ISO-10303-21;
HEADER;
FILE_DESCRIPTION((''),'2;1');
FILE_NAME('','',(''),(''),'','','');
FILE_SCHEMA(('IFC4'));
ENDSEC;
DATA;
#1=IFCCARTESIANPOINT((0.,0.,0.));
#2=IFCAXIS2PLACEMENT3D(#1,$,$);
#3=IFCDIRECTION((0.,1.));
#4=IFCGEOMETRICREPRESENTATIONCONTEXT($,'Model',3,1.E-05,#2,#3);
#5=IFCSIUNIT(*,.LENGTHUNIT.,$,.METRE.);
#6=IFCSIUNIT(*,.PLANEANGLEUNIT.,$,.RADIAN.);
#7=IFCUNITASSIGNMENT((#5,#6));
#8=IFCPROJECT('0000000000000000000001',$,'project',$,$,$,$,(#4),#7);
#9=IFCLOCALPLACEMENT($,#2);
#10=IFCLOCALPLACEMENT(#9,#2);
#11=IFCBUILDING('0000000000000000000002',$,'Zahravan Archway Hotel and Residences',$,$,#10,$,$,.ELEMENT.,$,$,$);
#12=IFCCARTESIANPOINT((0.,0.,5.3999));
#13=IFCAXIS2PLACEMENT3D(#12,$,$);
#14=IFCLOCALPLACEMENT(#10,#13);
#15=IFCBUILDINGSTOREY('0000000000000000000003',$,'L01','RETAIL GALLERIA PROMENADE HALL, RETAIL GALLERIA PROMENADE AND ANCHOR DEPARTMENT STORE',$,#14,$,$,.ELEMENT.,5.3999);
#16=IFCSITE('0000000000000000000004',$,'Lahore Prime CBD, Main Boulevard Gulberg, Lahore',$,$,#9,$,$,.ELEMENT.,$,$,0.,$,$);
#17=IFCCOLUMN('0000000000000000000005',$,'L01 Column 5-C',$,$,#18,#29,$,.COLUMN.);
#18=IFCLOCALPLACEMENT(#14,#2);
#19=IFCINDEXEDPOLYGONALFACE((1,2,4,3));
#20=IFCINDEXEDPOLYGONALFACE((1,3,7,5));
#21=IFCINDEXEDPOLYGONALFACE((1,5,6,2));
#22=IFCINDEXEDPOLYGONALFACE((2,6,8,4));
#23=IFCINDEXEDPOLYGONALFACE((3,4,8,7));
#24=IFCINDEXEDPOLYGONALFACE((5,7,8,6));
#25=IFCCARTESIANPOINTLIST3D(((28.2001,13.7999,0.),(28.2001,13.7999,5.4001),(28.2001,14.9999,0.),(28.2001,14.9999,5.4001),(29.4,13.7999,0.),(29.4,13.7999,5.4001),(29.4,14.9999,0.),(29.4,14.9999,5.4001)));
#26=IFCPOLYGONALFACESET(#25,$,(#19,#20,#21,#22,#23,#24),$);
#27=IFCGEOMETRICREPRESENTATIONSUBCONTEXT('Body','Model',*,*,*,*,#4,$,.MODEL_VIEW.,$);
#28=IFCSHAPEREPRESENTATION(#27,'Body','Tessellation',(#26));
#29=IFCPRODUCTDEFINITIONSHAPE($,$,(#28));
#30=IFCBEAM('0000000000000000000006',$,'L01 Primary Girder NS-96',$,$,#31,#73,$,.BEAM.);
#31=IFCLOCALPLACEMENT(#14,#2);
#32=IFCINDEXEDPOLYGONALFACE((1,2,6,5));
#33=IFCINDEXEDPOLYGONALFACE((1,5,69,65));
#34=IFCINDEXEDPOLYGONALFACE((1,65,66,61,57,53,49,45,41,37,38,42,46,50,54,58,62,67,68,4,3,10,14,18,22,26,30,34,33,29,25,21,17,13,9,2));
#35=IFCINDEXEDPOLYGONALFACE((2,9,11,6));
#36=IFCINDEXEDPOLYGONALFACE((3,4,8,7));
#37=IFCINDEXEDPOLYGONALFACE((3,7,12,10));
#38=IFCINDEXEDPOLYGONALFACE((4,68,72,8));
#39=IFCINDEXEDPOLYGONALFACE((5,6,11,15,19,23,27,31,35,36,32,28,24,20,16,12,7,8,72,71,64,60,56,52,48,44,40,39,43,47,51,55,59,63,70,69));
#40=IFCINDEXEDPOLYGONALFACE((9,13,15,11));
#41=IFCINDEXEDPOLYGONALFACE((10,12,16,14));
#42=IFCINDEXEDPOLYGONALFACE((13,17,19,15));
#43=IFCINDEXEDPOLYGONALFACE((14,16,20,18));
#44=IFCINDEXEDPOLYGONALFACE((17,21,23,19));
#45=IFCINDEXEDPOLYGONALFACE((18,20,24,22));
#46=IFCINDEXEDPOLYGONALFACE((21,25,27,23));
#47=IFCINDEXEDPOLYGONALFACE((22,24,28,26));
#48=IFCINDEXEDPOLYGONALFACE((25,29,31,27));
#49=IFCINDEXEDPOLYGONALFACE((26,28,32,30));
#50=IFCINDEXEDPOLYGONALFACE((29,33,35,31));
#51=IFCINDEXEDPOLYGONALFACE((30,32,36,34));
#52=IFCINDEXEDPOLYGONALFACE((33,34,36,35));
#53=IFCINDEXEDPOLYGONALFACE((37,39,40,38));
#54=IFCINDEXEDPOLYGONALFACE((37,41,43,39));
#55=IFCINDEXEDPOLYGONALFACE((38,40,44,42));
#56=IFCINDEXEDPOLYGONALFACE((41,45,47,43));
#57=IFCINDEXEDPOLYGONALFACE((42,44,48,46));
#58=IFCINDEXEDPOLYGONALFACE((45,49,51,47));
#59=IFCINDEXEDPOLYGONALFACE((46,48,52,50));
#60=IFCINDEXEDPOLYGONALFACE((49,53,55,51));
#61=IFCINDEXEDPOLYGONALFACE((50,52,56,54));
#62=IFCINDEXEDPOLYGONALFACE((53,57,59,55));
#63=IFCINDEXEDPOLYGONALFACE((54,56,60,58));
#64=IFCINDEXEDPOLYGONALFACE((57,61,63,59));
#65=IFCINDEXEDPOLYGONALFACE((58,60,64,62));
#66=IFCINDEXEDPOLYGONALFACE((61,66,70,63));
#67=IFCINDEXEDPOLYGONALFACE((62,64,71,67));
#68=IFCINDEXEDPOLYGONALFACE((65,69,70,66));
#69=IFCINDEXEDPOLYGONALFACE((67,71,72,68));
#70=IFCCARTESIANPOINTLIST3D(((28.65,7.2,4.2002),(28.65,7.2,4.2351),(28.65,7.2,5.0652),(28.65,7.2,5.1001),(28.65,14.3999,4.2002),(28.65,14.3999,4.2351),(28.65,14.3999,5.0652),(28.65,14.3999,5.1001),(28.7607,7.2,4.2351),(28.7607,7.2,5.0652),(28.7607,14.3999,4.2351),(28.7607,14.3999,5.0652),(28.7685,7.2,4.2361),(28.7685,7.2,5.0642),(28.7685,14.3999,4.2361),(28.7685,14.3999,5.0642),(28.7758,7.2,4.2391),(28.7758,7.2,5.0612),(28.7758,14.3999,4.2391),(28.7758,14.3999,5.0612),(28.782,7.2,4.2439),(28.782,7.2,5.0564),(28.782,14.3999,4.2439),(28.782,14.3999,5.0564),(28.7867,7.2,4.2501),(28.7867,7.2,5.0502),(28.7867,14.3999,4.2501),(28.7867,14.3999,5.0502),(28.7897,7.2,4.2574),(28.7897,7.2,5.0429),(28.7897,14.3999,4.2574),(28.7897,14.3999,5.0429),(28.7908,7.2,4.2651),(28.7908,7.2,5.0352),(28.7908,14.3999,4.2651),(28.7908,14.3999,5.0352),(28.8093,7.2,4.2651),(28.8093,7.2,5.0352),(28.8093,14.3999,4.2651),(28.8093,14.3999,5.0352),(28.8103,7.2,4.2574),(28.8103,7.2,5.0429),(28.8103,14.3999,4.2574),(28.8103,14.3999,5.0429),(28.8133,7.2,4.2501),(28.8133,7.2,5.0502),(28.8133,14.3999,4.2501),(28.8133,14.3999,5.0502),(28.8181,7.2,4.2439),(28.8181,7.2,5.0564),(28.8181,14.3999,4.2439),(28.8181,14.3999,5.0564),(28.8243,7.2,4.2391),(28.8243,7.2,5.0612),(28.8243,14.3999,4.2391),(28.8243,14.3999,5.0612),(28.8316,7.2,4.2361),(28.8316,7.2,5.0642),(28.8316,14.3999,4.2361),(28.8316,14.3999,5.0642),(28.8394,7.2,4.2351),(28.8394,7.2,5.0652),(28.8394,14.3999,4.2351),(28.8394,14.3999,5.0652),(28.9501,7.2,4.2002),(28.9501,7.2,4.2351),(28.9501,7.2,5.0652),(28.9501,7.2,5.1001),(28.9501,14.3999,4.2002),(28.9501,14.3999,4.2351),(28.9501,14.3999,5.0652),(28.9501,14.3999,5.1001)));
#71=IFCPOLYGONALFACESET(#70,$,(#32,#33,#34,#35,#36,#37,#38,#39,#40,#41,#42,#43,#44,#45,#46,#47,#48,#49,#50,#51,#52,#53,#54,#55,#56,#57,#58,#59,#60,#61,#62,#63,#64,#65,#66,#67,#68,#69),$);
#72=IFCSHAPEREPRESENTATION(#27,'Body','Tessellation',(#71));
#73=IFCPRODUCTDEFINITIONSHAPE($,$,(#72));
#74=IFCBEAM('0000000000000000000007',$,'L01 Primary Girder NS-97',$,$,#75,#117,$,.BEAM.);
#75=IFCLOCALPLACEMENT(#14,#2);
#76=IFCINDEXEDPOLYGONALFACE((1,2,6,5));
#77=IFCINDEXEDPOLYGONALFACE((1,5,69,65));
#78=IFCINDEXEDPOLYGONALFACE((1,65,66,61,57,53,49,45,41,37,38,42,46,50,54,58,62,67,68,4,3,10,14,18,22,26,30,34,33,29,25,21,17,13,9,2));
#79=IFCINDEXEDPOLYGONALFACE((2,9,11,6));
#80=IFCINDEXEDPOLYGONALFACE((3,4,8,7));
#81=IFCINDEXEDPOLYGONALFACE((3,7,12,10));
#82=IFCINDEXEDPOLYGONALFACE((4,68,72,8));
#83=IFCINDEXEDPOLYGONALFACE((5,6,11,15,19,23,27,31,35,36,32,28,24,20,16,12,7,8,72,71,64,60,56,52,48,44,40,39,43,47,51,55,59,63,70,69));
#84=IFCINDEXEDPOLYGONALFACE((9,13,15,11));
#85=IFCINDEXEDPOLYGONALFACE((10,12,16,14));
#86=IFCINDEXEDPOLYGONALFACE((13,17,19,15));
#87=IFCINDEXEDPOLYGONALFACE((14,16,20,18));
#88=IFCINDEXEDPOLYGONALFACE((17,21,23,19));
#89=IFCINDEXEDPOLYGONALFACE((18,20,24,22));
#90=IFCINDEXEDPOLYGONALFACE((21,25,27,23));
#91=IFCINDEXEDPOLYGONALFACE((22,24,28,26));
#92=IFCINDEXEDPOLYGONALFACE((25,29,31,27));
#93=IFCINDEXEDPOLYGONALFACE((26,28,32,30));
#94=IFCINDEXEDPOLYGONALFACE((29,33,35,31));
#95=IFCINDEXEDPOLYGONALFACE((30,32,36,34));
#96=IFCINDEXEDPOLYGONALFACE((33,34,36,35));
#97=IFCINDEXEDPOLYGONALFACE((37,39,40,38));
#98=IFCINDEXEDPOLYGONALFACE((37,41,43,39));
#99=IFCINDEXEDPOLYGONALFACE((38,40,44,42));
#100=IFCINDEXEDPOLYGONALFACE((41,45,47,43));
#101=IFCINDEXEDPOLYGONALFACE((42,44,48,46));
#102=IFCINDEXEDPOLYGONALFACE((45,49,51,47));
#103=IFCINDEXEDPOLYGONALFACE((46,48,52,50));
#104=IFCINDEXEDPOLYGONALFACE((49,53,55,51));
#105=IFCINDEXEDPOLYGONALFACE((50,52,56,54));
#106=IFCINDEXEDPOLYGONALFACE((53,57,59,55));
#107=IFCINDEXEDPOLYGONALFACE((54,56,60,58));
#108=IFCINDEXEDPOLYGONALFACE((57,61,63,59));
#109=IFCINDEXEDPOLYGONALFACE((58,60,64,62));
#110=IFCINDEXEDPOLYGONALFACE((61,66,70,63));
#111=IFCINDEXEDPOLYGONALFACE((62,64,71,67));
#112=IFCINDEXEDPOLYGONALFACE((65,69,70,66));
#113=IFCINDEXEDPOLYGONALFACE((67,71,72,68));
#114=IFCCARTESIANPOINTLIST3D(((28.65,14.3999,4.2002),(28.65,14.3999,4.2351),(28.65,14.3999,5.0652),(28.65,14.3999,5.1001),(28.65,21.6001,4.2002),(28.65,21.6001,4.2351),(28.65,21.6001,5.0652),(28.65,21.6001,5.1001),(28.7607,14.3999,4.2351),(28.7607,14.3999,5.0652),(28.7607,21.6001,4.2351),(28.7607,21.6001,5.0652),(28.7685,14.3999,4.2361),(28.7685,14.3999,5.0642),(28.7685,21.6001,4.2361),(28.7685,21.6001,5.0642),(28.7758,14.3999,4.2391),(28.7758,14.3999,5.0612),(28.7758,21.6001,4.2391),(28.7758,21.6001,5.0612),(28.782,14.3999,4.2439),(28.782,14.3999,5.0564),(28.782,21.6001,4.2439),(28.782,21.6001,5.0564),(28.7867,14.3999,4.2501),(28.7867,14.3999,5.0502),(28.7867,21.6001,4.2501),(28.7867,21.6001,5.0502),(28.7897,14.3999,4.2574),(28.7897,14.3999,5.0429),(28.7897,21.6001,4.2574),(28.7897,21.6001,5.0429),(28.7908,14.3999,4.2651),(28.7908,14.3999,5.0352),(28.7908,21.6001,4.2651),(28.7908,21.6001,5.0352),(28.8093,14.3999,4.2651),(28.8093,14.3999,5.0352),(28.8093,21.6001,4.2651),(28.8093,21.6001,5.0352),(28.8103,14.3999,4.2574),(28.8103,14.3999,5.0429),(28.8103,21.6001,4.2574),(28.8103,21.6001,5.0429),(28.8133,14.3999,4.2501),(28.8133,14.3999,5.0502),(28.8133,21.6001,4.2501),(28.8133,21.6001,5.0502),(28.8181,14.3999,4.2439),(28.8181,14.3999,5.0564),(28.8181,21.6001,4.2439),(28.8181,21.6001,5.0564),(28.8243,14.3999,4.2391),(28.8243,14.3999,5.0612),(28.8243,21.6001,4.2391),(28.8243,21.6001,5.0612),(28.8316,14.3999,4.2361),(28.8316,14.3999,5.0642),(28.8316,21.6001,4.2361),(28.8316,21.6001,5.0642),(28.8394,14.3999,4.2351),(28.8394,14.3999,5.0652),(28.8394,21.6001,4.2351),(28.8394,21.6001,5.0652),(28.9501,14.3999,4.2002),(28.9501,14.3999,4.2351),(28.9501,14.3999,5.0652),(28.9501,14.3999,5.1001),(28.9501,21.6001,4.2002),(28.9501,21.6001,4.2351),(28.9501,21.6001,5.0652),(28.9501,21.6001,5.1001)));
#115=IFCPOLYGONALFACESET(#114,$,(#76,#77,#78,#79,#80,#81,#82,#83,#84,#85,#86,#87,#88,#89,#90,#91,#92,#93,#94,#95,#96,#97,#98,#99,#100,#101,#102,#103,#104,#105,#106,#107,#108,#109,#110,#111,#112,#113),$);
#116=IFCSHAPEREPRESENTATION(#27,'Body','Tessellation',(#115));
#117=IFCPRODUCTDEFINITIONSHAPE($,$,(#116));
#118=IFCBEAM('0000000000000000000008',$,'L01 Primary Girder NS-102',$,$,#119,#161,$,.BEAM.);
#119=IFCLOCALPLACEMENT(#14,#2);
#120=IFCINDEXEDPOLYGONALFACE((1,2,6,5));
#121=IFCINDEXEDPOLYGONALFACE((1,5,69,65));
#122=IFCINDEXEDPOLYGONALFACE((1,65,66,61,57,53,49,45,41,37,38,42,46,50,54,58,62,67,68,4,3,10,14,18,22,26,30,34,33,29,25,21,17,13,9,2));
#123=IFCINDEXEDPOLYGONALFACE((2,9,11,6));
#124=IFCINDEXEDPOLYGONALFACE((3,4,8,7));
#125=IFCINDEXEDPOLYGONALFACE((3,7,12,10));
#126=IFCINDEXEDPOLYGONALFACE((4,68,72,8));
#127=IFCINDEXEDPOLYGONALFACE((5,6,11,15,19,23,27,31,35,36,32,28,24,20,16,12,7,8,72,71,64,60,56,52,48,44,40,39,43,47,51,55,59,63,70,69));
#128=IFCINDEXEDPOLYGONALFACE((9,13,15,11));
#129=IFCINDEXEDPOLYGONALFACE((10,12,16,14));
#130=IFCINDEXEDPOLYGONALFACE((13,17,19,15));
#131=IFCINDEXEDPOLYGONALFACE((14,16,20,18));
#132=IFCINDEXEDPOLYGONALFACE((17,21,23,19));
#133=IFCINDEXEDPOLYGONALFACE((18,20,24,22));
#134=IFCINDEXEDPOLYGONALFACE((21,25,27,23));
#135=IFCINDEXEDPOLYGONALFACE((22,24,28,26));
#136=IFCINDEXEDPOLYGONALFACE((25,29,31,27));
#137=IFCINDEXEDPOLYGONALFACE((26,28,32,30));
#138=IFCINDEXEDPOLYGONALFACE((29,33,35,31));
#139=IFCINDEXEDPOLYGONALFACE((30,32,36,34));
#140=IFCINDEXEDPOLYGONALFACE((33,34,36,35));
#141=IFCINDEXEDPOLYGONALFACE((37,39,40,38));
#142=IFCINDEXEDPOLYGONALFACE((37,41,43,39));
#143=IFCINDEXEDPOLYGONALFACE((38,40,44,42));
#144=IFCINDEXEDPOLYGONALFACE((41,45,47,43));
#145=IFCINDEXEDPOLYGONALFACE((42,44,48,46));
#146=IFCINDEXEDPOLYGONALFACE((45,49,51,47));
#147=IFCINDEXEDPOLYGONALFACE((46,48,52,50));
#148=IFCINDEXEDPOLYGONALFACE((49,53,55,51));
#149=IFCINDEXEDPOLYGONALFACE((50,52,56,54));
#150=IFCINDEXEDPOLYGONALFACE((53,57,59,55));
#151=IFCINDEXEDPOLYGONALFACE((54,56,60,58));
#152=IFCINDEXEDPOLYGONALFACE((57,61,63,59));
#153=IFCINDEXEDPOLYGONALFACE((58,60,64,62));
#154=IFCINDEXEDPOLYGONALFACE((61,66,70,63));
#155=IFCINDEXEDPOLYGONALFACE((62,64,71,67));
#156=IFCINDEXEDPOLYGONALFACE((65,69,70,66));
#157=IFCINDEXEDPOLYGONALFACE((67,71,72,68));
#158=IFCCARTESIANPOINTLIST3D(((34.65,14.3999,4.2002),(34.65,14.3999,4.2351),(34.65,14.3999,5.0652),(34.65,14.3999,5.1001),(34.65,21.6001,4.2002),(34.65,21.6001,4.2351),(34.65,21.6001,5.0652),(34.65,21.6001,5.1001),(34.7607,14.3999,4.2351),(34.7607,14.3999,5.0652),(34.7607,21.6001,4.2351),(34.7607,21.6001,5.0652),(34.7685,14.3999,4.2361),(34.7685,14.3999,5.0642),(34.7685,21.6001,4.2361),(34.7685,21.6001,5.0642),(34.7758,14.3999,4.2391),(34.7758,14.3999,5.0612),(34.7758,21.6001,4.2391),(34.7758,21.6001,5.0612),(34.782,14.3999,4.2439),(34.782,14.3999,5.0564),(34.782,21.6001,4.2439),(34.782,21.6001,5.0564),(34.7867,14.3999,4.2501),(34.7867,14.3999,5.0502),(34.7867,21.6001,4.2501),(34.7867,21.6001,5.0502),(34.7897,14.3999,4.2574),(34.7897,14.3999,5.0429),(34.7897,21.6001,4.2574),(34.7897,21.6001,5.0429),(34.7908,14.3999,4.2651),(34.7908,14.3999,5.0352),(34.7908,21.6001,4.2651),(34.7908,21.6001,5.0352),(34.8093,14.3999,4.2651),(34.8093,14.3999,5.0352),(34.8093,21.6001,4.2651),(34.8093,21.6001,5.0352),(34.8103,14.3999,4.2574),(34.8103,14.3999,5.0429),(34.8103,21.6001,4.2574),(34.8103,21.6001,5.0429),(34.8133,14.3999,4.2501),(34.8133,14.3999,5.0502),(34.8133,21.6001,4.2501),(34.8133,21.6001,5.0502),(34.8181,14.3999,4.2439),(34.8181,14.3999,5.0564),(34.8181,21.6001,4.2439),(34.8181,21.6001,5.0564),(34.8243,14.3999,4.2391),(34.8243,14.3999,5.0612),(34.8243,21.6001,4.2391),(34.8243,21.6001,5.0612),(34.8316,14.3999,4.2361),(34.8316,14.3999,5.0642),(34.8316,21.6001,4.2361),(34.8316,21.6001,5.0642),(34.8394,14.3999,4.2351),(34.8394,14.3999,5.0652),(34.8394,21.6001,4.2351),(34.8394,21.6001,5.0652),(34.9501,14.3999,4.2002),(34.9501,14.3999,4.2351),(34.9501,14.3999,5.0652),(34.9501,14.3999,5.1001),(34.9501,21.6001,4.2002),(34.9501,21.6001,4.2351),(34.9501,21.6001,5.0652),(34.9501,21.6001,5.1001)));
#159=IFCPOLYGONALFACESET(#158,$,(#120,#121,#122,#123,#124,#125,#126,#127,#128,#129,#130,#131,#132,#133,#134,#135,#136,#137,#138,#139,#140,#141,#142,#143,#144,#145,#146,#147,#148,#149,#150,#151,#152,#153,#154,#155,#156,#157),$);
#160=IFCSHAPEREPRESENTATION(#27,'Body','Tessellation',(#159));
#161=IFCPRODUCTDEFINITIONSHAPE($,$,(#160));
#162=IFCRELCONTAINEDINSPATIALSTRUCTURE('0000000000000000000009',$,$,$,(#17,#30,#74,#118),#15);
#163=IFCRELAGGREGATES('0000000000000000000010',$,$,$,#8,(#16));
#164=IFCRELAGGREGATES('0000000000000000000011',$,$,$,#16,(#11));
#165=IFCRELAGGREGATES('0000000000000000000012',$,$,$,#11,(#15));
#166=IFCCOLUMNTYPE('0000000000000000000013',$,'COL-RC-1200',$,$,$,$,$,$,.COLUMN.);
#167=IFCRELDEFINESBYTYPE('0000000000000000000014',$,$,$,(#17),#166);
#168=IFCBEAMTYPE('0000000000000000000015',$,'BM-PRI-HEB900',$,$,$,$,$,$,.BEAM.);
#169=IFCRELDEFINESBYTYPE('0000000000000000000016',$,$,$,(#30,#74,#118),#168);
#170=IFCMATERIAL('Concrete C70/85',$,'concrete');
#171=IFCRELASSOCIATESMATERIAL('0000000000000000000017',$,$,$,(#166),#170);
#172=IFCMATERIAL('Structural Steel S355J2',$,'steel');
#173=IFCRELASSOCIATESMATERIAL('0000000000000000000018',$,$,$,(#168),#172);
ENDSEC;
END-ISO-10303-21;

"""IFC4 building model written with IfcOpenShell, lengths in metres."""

from ifc_helpers import new_model, si_unit, direction, frame, origin, origin_2d, place, context, subcontext, project, spatial, rectangle, i_section, extrude, source, transform, mapped, material, material_profile, profile_set, type_object, element, save


model = new_model("IFC4")

# Units and contexts
model_context = context("Model", 3, precision=1e-05, world=origin(), true_north=direction((0.0, 1.0)))
body_context = subcontext(model_context, "Body", "Model", "MODEL_VIEW")
ifc_project = project(units=[si_unit("LENGTHUNIT", "METRE"), si_unit("PLANEANGLEUNIT", "RADIAN")], contexts=[model_context])

# Site, building, storey
site_placement = place(None, origin())
site = spatial("IfcSite", under=ifc_project, at=site_placement, Name="Lahore Prime CBD, Main Boulevard Gulberg, Lahore", CompositionType="ELEMENT", RefElevation=0.0)
building_placement = place(site_placement, origin())
building = spatial("IfcBuilding", under=site, at=building_placement, Name="Zahravan Archway Hotel and Residences", CompositionType="ELEMENT")
storey_placement = place(building_placement, frame((0.0, 0.0, 5.3999)))
storey = spatial("IfcBuildingStorey", under=building, at=storey_placement, Name="L01", Description="RETAIL GALLERIA PROMENADE HALL, RETAIL GALLERIA PROMENADE AND ANCHOR DEPARTMENT STORE", CompositionType="ELEMENT", Elevation=5.3999)

# Column
ifc_material_1 = material(Name="Concrete C70/85", Category="concrete")
ifc_material_profile_1 = material_profile(ifc_material_1, rectangle(XDim=1.2, YDim=1.2, at=origin_2d()), Name="RC-COL-1200x1200", Category="concrete")
ifc_profile_set_1 = profile_set([ifc_material_profile_1], Name="Concrete C70/85")
column_type = type_object("IfcColumnType", Name="COL-RC-1200", PredefinedType="COLUMN", material=ifc_profile_set_1)
shared_shape_1 = source(origin(), body_context, "Body", "SweptSolid", [
    extrude(rectangle(XDim=1.2, YDim=1.2, at=origin_2d()), origin(), (0.0, 0.0, 1.0), 5.4001),
])
column_placement = place(storey_placement, frame((28.8, 14.3999, 0.0), z_axis=(0.0, 0.0, 1.0), x_axis=(1.0, 0.0, 0.0)))
element("IfcColumn", 1, at=column_placement, inside=storey, type_object=column_type, Name="L01 Column 5-C", PredefinedType="COLUMN", context=body_context, shape_type="MappedRepresentation", body=[
    mapped(shared_shape_1, transform((0.0, 0.0, 0.0), scale=1.0)),
])

# Beams
ifc_material_2 = material(Name="Structural Steel S355J2", Category="steel")
ifc_material_profile_2 = material_profile(ifc_material_2, i_section(OverallWidth=0.3, OverallDepth=0.8999, WebThickness=0.0186, FlangeThickness=0.0349, FilletRadius=0.03, at=origin_2d()), Name="HEB 900", Category="steel")
ifc_profile_set_2 = profile_set([ifc_material_profile_2], Name="Structural Steel S355J2")
beam_type_1 = type_object("IfcBeamType", Name="BM-PRI-HEB900", PredefinedType="BEAM", material=ifc_profile_set_2)
shared_shape_2 = source(origin(), body_context, "Body", "SweptSolid", [
    extrude(i_section(OverallWidth=0.3, OverallDepth=0.8999, WebThickness=0.0186, FlangeThickness=0.0349, FilletRadius=0.03, at=origin_2d()), origin(), (0.0, 0.0, 1.0), 7.2),
])
beam_1_placement = place(storey_placement, frame((28.8, 7.2, 4.6501), z_axis=(0.0, 1.0, 0.0), x_axis=(-1.0, 0.0, 0.0)))
element("IfcBeam", 2, at=beam_1_placement, inside=storey, type_object=beam_type_1, Name="L01 Primary Girder NS-96", PredefinedType="BEAM", context=body_context, shape_type="MappedRepresentation", body=[
    mapped(shared_shape_2, transform((0.0, 0.0, 0.0), scale=1.0)),
])
shared_shape_3 = source(origin(), body_context, "Body", "SweptSolid", [
    extrude(i_section(OverallWidth=0.3, OverallDepth=0.8999, WebThickness=0.0186, FlangeThickness=0.0349, FilletRadius=0.03, at=origin_2d()), origin(), (0.0, 0.0, 1.0), 7.2002),
])
for number, where, z_axis, x_axis, name in (
    (3, (28.8, 14.3999, 4.6501), (0.0, 1.0, 0.0), (-1.0, 0.0, 0.0), "L01 Primary Girder NS-97"),
    (4, (34.8, 14.3999, 4.6501), (0.0, 1.0, 0.0), (-1.0, 0.0, 0.0), "L01 Primary Girder NS-102"),
):
    element("IfcBeam", number, at=place(storey_placement, frame(where, z_axis=z_axis, x_axis=x_axis)), inside=storey, type_object=beam_type_1, Name=name, PredefinedType="BEAM", context=body_context, shape_type="MappedRepresentation", body=[
        mapped(shared_shape_3, transform((0.0, 0.0, 0.0), scale=1.0)),
    ])

save(model, "model.ifc")
